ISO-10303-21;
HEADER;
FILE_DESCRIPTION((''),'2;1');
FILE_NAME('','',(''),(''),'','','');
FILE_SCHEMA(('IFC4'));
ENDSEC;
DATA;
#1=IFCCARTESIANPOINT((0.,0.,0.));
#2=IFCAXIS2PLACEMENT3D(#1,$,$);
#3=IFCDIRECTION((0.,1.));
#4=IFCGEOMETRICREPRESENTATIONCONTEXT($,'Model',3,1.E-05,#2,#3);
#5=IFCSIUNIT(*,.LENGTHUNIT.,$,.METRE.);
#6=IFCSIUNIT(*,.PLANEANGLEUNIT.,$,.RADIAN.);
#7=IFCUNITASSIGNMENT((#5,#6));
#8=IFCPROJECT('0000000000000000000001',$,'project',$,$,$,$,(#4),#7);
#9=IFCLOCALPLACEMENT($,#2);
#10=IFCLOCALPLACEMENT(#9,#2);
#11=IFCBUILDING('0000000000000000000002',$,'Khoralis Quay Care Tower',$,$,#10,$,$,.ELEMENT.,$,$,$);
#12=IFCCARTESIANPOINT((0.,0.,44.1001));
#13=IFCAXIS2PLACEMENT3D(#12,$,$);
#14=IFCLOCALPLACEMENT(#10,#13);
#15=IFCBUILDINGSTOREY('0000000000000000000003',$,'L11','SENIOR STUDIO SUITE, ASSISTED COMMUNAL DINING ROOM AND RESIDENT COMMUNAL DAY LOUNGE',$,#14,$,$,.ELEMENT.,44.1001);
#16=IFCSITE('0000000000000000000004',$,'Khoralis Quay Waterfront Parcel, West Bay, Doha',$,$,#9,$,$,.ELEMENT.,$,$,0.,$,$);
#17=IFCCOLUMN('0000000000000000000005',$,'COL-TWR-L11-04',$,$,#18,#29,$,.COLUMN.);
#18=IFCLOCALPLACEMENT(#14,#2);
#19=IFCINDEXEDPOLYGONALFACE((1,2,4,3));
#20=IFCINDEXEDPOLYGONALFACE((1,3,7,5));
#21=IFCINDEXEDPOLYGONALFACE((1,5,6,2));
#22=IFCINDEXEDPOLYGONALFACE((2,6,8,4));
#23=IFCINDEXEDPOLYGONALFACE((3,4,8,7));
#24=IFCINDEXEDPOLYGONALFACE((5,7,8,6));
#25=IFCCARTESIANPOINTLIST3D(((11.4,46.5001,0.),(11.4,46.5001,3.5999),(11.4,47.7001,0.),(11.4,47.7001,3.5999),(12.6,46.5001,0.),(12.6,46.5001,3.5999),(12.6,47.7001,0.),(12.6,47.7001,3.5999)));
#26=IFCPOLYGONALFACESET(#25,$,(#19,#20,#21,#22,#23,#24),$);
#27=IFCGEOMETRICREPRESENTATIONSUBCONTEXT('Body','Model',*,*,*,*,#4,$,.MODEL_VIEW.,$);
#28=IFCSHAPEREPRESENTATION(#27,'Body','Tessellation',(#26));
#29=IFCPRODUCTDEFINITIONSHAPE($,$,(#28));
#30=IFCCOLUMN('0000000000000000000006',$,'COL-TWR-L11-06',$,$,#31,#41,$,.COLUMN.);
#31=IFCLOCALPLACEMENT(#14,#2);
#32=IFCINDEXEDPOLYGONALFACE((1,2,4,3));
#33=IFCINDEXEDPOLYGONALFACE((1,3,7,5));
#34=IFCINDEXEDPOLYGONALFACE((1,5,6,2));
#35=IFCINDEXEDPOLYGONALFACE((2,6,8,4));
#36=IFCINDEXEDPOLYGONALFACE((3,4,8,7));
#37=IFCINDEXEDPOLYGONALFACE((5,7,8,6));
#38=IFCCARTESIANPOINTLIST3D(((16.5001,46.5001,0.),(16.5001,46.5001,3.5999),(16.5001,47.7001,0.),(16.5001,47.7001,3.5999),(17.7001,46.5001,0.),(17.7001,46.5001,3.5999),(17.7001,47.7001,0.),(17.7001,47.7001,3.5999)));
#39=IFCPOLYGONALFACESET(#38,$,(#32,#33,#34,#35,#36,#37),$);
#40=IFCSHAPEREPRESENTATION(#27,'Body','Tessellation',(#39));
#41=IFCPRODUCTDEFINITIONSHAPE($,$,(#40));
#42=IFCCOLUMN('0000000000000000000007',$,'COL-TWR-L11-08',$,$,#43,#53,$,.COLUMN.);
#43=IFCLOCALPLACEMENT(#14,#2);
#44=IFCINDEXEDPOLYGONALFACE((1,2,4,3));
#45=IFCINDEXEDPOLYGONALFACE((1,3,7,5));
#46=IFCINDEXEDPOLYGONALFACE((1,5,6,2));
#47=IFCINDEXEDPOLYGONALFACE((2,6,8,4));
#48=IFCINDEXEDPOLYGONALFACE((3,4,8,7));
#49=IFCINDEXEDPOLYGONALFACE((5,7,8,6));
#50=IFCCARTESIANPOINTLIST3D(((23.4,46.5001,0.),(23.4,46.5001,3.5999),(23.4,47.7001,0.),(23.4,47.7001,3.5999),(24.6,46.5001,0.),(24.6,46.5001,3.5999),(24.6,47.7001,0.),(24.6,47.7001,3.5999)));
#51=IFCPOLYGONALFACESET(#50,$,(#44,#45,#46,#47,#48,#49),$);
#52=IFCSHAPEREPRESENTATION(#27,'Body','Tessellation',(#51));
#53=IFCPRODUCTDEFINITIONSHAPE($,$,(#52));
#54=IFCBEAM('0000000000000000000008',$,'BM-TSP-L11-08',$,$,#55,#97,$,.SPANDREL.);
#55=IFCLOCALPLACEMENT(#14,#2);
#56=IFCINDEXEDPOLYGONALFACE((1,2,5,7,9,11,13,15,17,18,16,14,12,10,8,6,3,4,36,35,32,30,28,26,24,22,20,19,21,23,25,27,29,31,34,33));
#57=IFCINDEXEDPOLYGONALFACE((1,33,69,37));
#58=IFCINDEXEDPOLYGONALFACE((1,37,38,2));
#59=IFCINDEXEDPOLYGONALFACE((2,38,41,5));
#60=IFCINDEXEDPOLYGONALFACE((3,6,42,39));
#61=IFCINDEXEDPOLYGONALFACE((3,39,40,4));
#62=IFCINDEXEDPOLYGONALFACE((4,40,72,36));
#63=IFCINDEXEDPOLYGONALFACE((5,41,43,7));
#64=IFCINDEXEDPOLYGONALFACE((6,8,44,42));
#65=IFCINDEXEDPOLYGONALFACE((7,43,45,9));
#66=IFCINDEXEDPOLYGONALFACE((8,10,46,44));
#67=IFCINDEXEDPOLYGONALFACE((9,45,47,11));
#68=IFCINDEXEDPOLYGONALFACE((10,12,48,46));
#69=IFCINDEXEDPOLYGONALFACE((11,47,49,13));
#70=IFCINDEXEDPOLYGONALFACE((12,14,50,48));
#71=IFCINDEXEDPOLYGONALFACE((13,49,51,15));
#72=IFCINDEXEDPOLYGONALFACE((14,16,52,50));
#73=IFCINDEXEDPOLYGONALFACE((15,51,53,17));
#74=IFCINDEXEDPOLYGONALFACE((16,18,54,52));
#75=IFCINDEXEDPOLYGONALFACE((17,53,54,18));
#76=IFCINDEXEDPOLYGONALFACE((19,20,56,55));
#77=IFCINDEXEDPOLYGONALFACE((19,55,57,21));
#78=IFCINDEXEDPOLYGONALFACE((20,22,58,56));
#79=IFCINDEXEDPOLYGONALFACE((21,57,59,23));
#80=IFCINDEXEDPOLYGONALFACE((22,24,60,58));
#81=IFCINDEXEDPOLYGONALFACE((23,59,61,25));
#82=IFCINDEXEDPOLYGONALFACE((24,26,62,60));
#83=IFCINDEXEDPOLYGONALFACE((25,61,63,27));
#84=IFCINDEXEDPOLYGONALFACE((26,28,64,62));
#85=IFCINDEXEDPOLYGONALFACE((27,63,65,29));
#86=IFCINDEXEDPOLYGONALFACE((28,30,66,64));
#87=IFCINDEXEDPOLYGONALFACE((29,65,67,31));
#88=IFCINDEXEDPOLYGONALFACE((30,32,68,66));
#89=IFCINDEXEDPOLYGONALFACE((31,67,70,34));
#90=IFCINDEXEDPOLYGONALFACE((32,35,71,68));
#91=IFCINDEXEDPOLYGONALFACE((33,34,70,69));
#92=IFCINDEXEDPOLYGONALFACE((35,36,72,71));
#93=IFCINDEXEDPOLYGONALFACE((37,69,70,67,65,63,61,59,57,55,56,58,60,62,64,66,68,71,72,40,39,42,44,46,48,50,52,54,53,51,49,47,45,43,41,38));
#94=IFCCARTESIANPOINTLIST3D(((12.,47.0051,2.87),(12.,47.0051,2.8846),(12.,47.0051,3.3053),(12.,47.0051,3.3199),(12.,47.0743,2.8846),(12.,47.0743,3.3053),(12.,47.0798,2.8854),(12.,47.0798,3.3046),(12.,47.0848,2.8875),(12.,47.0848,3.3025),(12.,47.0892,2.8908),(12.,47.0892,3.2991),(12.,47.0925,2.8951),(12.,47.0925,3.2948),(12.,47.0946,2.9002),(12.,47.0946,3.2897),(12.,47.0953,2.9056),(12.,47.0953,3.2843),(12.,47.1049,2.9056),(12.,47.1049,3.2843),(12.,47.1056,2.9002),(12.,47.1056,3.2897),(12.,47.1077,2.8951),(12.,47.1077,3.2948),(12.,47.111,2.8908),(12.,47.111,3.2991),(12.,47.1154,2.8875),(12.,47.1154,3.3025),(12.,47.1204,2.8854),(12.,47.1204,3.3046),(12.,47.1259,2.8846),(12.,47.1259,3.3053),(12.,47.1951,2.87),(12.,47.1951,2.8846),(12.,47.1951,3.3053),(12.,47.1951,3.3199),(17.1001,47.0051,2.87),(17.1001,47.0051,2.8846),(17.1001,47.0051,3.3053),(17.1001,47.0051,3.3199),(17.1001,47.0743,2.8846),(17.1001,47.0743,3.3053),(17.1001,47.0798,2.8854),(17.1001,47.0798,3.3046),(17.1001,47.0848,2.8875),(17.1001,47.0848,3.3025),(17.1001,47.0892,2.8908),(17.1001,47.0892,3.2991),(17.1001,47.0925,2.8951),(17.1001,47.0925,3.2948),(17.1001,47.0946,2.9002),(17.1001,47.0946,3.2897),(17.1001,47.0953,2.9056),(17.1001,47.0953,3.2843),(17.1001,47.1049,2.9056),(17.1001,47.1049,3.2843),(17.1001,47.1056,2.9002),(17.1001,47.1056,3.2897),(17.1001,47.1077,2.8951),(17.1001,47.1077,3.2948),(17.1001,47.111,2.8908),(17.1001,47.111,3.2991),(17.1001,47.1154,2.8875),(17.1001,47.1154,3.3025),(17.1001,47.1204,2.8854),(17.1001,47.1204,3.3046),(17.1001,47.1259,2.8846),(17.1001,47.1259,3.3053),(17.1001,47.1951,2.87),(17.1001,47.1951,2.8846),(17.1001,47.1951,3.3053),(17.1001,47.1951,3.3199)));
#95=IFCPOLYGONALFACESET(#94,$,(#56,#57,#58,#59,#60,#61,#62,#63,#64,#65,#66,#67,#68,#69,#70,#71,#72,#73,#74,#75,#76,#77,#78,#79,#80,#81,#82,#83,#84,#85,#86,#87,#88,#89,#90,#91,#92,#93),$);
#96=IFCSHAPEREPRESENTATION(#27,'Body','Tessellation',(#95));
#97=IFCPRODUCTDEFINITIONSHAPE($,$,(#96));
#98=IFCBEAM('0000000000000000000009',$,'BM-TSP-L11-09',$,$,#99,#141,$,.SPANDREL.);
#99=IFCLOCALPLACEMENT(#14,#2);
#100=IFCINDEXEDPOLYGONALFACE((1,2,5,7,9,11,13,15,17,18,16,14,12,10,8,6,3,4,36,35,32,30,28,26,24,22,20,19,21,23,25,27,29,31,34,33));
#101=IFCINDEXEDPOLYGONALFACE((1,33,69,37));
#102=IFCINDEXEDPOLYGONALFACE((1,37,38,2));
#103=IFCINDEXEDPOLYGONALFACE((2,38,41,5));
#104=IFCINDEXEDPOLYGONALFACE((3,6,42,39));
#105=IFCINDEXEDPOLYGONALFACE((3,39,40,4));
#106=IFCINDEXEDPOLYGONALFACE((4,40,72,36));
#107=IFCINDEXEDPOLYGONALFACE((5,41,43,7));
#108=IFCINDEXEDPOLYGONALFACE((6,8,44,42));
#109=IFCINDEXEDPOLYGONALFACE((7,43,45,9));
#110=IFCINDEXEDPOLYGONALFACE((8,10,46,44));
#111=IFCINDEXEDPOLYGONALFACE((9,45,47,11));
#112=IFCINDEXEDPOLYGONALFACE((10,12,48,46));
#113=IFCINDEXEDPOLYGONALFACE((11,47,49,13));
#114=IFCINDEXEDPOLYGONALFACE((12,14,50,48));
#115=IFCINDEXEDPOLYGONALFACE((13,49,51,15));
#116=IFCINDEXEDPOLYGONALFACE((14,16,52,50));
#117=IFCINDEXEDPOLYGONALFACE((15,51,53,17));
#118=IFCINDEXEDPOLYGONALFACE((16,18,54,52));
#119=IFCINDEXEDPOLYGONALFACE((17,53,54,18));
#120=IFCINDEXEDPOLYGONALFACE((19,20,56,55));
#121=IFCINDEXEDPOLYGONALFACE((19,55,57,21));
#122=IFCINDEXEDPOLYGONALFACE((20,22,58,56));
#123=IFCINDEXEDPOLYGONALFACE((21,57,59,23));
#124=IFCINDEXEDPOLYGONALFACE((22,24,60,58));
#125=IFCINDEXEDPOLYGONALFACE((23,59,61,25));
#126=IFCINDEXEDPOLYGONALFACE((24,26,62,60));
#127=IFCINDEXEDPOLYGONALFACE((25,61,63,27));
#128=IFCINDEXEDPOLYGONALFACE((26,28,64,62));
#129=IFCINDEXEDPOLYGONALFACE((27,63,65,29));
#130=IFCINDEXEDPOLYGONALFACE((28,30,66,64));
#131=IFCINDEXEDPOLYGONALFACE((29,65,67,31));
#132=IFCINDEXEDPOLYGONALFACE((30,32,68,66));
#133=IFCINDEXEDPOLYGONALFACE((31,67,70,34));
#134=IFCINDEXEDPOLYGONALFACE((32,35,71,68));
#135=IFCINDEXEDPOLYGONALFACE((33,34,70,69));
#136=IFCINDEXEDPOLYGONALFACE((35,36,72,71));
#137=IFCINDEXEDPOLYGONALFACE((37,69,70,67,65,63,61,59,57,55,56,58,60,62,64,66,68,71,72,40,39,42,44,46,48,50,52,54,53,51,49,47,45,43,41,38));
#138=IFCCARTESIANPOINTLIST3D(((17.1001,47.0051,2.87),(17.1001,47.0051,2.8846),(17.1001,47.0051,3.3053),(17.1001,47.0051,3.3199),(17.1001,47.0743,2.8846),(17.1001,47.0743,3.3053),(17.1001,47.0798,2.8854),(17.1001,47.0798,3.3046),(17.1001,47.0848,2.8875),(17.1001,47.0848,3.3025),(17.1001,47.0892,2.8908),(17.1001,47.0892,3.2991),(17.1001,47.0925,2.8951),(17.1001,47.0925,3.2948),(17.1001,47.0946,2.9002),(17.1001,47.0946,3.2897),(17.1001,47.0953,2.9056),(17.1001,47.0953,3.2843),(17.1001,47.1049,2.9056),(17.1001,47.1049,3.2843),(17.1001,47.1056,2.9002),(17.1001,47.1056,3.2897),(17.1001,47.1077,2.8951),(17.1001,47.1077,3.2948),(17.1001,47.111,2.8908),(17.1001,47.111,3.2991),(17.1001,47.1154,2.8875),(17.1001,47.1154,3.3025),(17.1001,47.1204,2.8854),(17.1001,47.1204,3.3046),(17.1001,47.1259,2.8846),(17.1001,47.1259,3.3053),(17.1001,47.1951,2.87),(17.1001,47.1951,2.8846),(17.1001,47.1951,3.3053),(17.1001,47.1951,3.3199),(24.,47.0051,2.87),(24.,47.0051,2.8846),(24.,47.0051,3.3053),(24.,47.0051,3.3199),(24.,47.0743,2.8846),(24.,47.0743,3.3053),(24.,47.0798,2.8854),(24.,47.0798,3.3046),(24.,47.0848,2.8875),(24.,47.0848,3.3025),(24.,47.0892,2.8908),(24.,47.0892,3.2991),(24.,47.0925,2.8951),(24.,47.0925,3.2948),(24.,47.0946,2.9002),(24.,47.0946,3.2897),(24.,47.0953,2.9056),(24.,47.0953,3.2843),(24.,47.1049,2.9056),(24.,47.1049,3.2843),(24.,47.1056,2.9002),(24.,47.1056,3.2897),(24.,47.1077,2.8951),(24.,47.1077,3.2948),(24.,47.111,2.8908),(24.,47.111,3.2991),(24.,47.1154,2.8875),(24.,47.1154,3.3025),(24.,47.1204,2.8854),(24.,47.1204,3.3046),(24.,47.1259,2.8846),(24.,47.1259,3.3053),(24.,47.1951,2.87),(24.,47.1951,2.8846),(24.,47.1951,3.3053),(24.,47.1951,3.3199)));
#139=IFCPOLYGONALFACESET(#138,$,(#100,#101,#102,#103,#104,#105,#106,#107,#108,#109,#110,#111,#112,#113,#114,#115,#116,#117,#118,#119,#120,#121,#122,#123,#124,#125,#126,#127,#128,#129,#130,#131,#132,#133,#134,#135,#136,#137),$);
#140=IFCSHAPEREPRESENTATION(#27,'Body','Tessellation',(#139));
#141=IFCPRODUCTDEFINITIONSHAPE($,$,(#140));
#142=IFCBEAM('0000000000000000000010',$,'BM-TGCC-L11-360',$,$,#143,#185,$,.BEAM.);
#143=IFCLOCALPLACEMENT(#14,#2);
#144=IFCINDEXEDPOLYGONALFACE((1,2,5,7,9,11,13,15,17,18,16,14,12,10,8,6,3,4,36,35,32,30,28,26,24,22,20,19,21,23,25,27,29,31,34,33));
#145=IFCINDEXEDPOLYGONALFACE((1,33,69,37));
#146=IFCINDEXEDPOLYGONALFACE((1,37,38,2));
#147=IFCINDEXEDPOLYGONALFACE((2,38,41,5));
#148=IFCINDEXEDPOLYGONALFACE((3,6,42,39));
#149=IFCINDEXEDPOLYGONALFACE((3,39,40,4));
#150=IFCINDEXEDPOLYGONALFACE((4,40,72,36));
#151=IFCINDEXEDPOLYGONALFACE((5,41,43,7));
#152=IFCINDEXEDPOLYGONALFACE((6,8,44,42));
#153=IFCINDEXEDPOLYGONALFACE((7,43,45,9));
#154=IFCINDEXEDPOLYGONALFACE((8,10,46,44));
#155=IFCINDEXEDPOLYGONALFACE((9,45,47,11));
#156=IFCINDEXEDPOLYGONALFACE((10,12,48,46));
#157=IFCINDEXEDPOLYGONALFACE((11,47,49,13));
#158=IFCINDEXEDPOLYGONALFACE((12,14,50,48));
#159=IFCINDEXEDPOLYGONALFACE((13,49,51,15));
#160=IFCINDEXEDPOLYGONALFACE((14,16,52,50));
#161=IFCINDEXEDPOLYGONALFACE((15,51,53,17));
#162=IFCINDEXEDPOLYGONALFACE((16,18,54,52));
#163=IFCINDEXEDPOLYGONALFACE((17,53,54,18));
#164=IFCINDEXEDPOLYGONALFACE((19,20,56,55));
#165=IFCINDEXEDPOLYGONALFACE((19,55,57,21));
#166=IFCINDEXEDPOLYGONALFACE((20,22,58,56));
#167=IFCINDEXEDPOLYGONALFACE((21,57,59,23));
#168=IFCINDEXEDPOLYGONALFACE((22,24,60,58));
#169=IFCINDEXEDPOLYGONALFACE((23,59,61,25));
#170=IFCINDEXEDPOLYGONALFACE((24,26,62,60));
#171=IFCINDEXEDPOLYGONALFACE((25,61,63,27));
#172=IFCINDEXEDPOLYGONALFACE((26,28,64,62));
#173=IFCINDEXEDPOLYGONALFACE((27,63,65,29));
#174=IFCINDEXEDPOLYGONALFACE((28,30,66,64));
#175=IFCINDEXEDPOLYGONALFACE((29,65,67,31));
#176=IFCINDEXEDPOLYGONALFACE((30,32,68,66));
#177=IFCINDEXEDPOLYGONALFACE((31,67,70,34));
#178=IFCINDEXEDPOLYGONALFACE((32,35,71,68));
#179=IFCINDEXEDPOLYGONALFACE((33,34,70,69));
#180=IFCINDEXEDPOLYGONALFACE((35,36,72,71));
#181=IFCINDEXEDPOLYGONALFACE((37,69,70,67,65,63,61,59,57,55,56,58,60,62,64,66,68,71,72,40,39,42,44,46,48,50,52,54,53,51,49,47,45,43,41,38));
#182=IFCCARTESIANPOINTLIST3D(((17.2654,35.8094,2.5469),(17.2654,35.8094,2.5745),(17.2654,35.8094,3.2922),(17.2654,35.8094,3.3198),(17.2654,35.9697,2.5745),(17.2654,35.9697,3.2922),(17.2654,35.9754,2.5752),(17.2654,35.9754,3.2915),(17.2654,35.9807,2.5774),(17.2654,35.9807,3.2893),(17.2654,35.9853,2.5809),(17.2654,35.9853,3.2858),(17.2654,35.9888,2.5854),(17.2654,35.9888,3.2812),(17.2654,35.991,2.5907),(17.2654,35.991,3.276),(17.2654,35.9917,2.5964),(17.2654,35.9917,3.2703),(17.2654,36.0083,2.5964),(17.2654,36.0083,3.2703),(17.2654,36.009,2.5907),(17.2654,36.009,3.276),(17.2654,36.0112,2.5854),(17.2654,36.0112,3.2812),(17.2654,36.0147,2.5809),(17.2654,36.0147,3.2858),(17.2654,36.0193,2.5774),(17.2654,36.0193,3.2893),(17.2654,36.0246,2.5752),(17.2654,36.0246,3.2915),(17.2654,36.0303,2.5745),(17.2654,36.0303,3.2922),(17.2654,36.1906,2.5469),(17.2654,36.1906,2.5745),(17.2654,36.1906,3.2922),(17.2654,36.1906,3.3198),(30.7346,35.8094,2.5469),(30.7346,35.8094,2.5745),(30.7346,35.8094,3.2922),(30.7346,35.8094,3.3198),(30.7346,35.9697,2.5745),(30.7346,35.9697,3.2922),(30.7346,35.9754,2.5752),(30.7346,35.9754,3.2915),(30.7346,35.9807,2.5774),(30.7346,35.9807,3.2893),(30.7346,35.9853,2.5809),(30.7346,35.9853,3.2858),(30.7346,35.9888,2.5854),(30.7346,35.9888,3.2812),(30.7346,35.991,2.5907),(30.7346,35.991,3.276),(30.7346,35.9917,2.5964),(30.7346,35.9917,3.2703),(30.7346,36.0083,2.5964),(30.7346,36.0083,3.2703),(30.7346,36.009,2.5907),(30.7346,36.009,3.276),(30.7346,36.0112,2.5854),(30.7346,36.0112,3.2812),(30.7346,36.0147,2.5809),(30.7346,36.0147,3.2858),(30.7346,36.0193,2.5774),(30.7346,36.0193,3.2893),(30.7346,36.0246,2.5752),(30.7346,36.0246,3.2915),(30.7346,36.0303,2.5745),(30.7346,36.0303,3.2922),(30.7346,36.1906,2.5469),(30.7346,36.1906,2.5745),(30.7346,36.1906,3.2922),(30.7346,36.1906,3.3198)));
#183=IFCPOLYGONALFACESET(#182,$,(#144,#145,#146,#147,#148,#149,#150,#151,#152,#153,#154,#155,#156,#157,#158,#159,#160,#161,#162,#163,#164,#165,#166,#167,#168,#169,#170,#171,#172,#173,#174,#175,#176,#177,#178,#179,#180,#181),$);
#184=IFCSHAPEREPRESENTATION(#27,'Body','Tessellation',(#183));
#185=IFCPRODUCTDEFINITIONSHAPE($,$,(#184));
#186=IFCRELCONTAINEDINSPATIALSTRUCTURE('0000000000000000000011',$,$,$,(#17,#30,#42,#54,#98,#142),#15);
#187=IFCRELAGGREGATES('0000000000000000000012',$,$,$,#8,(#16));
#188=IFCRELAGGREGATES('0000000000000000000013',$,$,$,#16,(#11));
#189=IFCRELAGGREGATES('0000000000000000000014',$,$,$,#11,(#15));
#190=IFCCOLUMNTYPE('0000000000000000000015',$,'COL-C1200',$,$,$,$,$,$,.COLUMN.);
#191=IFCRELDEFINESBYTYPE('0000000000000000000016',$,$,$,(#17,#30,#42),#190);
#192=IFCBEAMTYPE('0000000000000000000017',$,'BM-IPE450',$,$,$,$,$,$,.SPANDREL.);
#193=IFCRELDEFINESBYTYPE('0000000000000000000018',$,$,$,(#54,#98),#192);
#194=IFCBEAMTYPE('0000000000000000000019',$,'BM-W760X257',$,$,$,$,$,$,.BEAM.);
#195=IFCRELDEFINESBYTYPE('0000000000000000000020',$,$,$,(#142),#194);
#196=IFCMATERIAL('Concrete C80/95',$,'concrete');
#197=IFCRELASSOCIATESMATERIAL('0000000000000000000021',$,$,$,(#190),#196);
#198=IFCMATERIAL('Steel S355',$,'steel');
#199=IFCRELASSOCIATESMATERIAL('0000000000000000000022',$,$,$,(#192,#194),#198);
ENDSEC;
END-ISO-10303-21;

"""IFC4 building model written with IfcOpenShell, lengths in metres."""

from ifc_helpers import new_model, si_unit, direction, frame, origin, origin_2d, place, context, subcontext, project, spatial, rectangle, i_section, extrude, source, transform, mapped, material, material_profile, profile_set, type_object, element, save


model = new_model("IFC4")

# Units and contexts
model_context = context("Model", 3, precision=1e-05, world=origin(), true_north=direction((0.0, 1.0)))
body_context = subcontext(model_context, "Body", "Model", "MODEL_VIEW")
ifc_project = project(units=[si_unit("LENGTHUNIT", "METRE"), si_unit("PLANEANGLEUNIT", "RADIAN")], contexts=[model_context])

# Site, building, storey
site_placement = place(None, origin())
site = spatial("IfcSite", under=ifc_project, at=site_placement, Name="Khoralis Quay Waterfront Parcel, West Bay, Doha", CompositionType="ELEMENT", RefElevation=0.0)
building_placement = place(site_placement, origin())
building = spatial("IfcBuilding", under=site, at=building_placement, Name="Khoralis Quay Care Tower", CompositionType="ELEMENT")
storey_placement = place(building_placement, frame((0.0, 0.0, 44.1001)))
storey = spatial("IfcBuildingStorey", under=building, at=storey_placement, Name="L11", Description="SENIOR STUDIO SUITE, ASSISTED COMMUNAL DINING ROOM AND RESIDENT COMMUNAL DAY LOUNGE", CompositionType="ELEMENT", Elevation=44.1001)

# Columns
ifc_material_1 = material(Name="Concrete C80/95", Category="concrete")
ifc_material_profile_1 = material_profile(ifc_material_1, rectangle(XDim=1.2, YDim=1.2, at=origin_2d()), Name="Concrete C80/95")
ifc_profile_set_1 = profile_set([ifc_material_profile_1], Name="Concrete C80/95")
column_type = type_object("IfcColumnType", Name="COL-C1200", PredefinedType="COLUMN", material=ifc_profile_set_1)
shared_shape_1 = source(origin(), body_context, "Body", "SweptSolid", [
    extrude(rectangle(XDim=1.2, YDim=1.2, at=origin_2d()), origin(), (0.0, 0.0, 1.0), 3.5999),
])
for number, where, z_axis, x_axis, name in (
    (1, (12.0, 47.1001, 0.0), (0.0, 0.0, 1.0), (1.0, 0.0, 0.0), "COL-TWR-L11-04"),
    (2, (17.1001, 47.1001, 0.0), (0.0, 0.0, 1.0), (1.0, 0.0, 0.0), "COL-TWR-L11-06"),
    (3, (24.0, 47.1001, 0.0), (0.0, 0.0, 1.0), (1.0, 0.0, 0.0), "COL-TWR-L11-08"),
):
    element("IfcColumn", number, at=place(storey_placement, frame(where, z_axis=z_axis, x_axis=x_axis)), inside=storey, type_object=column_type, Name=name, PredefinedType="COLUMN", context=body_context, shape_type="MappedRepresentation", body=[
        mapped(shared_shape_1, transform((0.0, 0.0, 0.0), scale=1.0)),
    ])

# Beams
ifc_material_2 = material(Name="Steel S355", Category="steel")
ifc_material_profile_2 = material_profile(ifc_material_2, i_section(OverallWidth=0.1899, OverallDepth=0.45, WebThickness=0.0095, FlangeThickness=0.0146, FilletRadius=0.021, at=origin_2d()), Name="Steel S355")
ifc_profile_set_2 = profile_set([ifc_material_profile_2], Name="Steel S355")
beam_type_1 = type_object("IfcBeamType", Name="BM-IPE450", PredefinedType="SPANDREL", material=ifc_profile_set_2)
shared_shape_2 = source(origin(), body_context, "Body", "SweptSolid", [
    extrude(i_section(OverallWidth=0.1899, OverallDepth=0.45, WebThickness=0.0095, FlangeThickness=0.0146, FilletRadius=0.021, at=origin_2d()), origin(), (0.0, 0.0, 1.0), 5.1001),
])
beam_1_placement = place(storey_placement, frame((12.0, 47.1001, 3.095), z_axis=(1.0, 0.0, 0.0), x_axis=(0.0, 1.0, 0.0)))
element("IfcBeam", 4, at=beam_1_placement, inside=storey, type_object=beam_type_1, Name="BM-TSP-L11-08", PredefinedType="SPANDREL", context=body_context, shape_type="MappedRepresentation", body=[
    mapped(shared_shape_2, transform((0.0, 0.0, 0.0), scale=1.0)),
])
shared_shape_3 = source(origin(), body_context, "Body", "SweptSolid", [
    extrude(i_section(OverallWidth=0.1899, OverallDepth=0.45, WebThickness=0.0095, FlangeThickness=0.0146, FilletRadius=0.021, at=origin_2d()), origin(), (0.0, 0.0, 1.0), 6.8999),
])
beam_2_placement = place(storey_placement, frame((17.1001, 47.1001, 3.095), z_axis=(1.0, 0.0, 0.0), x_axis=(0.0, 1.0, 0.0)))
element("IfcBeam", 5, at=beam_2_placement, inside=storey, type_object=beam_type_1, Name="BM-TSP-L11-09", PredefinedType="SPANDREL", context=body_context, shape_type="MappedRepresentation", body=[
    mapped(shared_shape_3, transform((0.0, 0.0, 0.0), scale=1.0)),
])
ifc_material_profile_3 = material_profile(ifc_material_2, i_section(OverallWidth=0.3811, OverallDepth=0.7729, WebThickness=0.0166, FlangeThickness=0.0276, FilletRadius=0.022, at=origin_2d()), Name="Steel S355")
ifc_profile_set_3 = profile_set([ifc_material_profile_3], Name="Steel S355")
beam_type_2 = type_object("IfcBeamType", Name="BM-W760X257", PredefinedType="BEAM", material=ifc_profile_set_3)
shared_shape_4 = source(origin(), body_context, "Body", "SweptSolid", [
    extrude(i_section(OverallWidth=0.3811, OverallDepth=0.7729, WebThickness=0.0166, FlangeThickness=0.0276, FilletRadius=0.022, at=origin_2d()), origin(), (0.0, 0.0, 1.0), 13.4692),
])
beam_3_placement = place(storey_placement, frame((17.2654, 36.0, 2.9333), z_axis=(1.0, 0.0, 0.0), x_axis=(0.0, 1.0, 0.0)))
element("IfcBeam", 6, at=beam_3_placement, inside=storey, type_object=beam_type_2, Name="BM-TGCC-L11-360", PredefinedType="BEAM", context=body_context, shape_type="MappedRepresentation", body=[
    mapped(shared_shape_4, transform((0.0, 0.0, 0.0), scale=1.0)),
])

save(model, "model.ifc")
